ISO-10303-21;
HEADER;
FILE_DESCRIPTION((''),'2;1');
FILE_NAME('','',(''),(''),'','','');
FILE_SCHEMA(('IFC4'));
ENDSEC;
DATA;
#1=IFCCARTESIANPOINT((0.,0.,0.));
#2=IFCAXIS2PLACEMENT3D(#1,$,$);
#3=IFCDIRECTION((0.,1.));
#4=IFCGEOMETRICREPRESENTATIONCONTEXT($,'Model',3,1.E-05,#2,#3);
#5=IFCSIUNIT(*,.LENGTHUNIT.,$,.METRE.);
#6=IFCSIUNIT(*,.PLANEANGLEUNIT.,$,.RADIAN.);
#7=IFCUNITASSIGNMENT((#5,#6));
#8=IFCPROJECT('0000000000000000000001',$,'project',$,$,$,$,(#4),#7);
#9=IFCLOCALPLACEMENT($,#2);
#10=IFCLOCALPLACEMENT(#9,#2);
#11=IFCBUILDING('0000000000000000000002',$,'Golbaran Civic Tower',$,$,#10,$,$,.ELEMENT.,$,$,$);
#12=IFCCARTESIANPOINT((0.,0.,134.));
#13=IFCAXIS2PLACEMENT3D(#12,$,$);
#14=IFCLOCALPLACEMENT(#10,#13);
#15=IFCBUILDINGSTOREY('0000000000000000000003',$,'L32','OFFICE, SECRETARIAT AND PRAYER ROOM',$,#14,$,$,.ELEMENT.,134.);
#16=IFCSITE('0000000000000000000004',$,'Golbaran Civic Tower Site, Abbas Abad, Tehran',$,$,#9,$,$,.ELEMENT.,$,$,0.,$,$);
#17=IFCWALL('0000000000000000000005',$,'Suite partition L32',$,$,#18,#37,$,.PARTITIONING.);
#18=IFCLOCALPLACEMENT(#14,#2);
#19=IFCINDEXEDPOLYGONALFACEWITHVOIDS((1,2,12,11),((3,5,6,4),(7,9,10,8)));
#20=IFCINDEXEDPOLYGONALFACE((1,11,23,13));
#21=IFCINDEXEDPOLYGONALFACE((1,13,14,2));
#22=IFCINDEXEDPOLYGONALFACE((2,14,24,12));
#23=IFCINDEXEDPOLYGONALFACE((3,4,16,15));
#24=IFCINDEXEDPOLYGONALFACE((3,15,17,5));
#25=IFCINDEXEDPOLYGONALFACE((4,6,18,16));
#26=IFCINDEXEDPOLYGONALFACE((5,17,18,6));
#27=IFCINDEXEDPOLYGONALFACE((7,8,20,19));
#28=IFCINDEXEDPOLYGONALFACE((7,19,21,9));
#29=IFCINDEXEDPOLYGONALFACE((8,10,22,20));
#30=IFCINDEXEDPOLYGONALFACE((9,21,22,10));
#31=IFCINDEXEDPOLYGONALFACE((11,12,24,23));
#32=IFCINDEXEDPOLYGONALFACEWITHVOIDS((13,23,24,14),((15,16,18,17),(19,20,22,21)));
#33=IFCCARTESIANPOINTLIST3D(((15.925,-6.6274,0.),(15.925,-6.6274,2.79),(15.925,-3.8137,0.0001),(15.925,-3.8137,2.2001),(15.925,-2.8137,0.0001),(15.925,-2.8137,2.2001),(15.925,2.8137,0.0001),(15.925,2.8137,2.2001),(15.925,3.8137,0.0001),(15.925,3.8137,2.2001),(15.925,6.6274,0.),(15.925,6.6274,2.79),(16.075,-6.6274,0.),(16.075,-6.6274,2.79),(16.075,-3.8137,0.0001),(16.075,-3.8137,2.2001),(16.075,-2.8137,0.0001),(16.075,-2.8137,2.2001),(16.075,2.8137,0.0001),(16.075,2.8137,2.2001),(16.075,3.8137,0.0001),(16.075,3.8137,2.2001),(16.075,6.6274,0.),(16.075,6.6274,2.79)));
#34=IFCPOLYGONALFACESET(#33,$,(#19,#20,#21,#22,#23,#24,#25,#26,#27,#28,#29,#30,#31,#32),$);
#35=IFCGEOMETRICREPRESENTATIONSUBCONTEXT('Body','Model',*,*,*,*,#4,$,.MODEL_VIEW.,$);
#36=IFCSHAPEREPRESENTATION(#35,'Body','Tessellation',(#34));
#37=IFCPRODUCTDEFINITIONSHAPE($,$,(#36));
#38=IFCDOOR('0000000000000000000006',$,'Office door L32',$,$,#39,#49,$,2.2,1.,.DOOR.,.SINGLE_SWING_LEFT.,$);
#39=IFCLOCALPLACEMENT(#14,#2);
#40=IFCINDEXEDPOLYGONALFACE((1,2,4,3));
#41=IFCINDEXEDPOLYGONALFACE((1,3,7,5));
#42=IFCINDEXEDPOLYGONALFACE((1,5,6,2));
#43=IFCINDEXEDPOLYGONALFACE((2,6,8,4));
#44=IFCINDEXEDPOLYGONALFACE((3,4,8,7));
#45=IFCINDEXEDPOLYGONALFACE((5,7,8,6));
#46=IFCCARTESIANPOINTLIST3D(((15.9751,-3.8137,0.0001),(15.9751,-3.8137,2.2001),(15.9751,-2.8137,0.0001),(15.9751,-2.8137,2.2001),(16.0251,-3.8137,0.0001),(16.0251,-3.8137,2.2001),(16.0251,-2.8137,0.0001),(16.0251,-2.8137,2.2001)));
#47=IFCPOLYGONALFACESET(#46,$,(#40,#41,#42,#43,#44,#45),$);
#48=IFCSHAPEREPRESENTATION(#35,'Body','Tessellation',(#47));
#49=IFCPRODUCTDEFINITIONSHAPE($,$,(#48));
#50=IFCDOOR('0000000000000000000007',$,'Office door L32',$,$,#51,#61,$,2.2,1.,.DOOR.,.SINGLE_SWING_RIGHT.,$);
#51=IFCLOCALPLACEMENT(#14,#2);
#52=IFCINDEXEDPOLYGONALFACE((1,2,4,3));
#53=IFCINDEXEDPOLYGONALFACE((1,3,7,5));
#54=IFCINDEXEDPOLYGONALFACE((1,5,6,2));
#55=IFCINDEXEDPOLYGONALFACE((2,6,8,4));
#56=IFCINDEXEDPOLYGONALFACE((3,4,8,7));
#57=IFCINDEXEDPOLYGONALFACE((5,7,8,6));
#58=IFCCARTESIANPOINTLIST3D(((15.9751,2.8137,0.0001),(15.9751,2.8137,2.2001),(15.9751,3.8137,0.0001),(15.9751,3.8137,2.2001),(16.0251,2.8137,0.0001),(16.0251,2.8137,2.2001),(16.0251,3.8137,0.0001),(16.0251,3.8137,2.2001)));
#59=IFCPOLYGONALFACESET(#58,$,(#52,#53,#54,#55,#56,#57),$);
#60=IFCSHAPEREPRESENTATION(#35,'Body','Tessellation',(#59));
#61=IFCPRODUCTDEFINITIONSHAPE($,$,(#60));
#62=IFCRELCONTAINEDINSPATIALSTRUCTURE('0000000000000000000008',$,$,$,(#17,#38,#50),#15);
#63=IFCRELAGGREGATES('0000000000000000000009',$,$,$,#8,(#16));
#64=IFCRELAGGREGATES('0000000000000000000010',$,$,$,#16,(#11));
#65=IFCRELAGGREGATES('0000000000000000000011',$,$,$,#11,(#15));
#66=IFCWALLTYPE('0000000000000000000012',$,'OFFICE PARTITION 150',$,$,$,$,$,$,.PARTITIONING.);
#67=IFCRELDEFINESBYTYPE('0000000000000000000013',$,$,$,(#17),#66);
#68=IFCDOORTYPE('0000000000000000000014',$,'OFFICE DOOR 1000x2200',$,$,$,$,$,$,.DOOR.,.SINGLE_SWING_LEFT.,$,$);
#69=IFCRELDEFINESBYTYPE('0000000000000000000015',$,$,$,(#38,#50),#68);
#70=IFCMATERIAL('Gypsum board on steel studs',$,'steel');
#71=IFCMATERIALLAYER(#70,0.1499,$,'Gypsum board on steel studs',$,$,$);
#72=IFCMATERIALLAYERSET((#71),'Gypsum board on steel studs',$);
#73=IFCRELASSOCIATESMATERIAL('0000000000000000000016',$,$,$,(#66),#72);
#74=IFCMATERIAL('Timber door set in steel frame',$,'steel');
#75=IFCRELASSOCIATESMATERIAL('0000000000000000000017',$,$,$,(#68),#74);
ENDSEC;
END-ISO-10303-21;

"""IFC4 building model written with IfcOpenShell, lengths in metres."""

from ifc_helpers import new_model, si_unit, direction, frame, frame_2d, origin, place, context, subcontext, project, spatial, rectangle, extrude, material, layer, layer_set, type_object, element, fill, save


model = new_model("IFC4")

# Units and contexts
model_context = context("Model", 3, precision=1e-05, world=origin(), true_north=direction((0.0, 1.0)))
body_context = subcontext(model_context, "Body", "Model", "MODEL_VIEW")
ifc_project = project(units=[si_unit("LENGTHUNIT", "METRE"), si_unit("PLANEANGLEUNIT", "RADIAN")], contexts=[model_context])

# Site, building, storey
site_placement = place(None, origin())
site = spatial("IfcSite", under=ifc_project, at=site_placement, Name="Golbaran Civic Tower Site, Abbas Abad, Tehran", CompositionType="ELEMENT", RefElevation=0.0)
building_placement = place(site_placement, origin())
building = spatial("IfcBuilding", under=site, at=building_placement, Name="Golbaran Civic Tower", CompositionType="ELEMENT")
storey_placement = place(building_placement, frame((0.0, 0.0, 134.0)))
storey = spatial("IfcBuildingStorey", under=building, at=storey_placement, Name="L32", Description="OFFICE, SECRETARIAT AND PRAYER ROOM", CompositionType="ELEMENT", Elevation=134.0)

# Wall, openings, doors
ifc_material_1 = material(Name="Gypsum board on steel studs", Category="steel")
ifc_layer_1 = layer(ifc_material_1, 0.1499, Name="Gypsum board on steel studs")
ifc_layer_set_1 = layer_set([ifc_layer_1], Name="Gypsum board on steel studs")
wall_type = type_object("IfcWallType", Name="OFFICE PARTITION 150", PredefinedType="PARTITIONING", material=ifc_layer_set_1)
wall_placement = place(storey_placement, frame((16.0, -6.6274, 0.0), z_axis=(0.0, 0.0, 1.0), x_axis=(0.0, 1.0, 0.0)))
wall = element("IfcWall", 1, at=wall_placement, inside=storey, type_object=wall_type, Name="Suite partition L32", PredefinedType="PARTITIONING", context=body_context, shape_type="SweptSolid", body=[
    extrude(rectangle(XDim=13.2549, YDim=0.1499, at=frame_2d((6.6274, 0.0))), origin(), (0.0, 0.0, 1.0), 2.79),
])
opening_1_placement = place(wall_placement, frame((2.8137, 0.0, 0.0)))
opening_1 = element("IfcOpeningElement", 2, at=opening_1_placement, cuts=wall, PredefinedType="OPENING", context=body_context, shape_type="SweptSolid", body=[
    extrude(rectangle(XDim=1.0, YDim=2.2, at=frame_2d((0.5, 1.1001))), frame((0.0, 0.085, 0.0), z_axis=(0.0, -1.0, 0.0), x_axis=(1.0, 0.0, 0.0)), (0.0, 0.0, 1.0), 0.1699),
])
opening_2_placement = place(wall_placement, frame((9.4412, 0.0, 0.0)))
opening_2 = element("IfcOpeningElement", 3, at=opening_2_placement, cuts=wall, PredefinedType="OPENING", context=body_context, shape_type="SweptSolid", body=[
    extrude(rectangle(XDim=1.0, YDim=2.2, at=frame_2d((0.5, 1.1001))), frame((0.0, 0.085, 0.0), z_axis=(0.0, -1.0, 0.0), x_axis=(1.0, 0.0, 0.0)), (0.0, 0.0, 1.0), 0.1699),
])
ifc_material_2 = material(Name="Timber door set in steel frame", Category="steel")
door_type = type_object("IfcDoorType", Name="OFFICE DOOR 1000x2200", OperationType="SINGLE_SWING_LEFT", PredefinedType="DOOR", material=ifc_material_2)
door_1_placement = place(opening_1_placement, origin())
door_1 = element("IfcDoor", 4, at=door_1_placement, inside=storey, type_object=door_type, Name="Office door L32", OperationType="SINGLE_SWING_LEFT", OverallHeight=2.2, OverallWidth=1.0, PredefinedType="DOOR", context=body_context, shape_type="SweptSolid", body=[
    extrude(rectangle(XDim=1.0, YDim=2.2, at=frame_2d((0.5, 1.1001))), frame((0.0, 0.0249, 0.0), z_axis=(0.0, -1.0, 0.0), x_axis=(1.0, 0.0, 0.0)), (0.0, 0.0, 1.0), 0.05),
])
fill(opening_1, door_1)
door_2_placement = place(opening_2_placement, origin())
door_2 = element("IfcDoor", 5, at=door_2_placement, inside=storey, type_object=door_type, Name="Office door L32", OperationType="SINGLE_SWING_RIGHT", OverallHeight=2.2, OverallWidth=1.0, PredefinedType="DOOR", context=body_context, shape_type="SweptSolid", body=[
    extrude(rectangle(XDim=1.0, YDim=2.2, at=frame_2d((0.5, 1.1001))), frame((0.0, 0.0249, 0.0), z_axis=(0.0, -1.0, 0.0), x_axis=(1.0, 0.0, 0.0)), (0.0, 0.0, 1.0), 0.05),
])
fill(opening_2, door_2)

save(model, "model.ifc")
